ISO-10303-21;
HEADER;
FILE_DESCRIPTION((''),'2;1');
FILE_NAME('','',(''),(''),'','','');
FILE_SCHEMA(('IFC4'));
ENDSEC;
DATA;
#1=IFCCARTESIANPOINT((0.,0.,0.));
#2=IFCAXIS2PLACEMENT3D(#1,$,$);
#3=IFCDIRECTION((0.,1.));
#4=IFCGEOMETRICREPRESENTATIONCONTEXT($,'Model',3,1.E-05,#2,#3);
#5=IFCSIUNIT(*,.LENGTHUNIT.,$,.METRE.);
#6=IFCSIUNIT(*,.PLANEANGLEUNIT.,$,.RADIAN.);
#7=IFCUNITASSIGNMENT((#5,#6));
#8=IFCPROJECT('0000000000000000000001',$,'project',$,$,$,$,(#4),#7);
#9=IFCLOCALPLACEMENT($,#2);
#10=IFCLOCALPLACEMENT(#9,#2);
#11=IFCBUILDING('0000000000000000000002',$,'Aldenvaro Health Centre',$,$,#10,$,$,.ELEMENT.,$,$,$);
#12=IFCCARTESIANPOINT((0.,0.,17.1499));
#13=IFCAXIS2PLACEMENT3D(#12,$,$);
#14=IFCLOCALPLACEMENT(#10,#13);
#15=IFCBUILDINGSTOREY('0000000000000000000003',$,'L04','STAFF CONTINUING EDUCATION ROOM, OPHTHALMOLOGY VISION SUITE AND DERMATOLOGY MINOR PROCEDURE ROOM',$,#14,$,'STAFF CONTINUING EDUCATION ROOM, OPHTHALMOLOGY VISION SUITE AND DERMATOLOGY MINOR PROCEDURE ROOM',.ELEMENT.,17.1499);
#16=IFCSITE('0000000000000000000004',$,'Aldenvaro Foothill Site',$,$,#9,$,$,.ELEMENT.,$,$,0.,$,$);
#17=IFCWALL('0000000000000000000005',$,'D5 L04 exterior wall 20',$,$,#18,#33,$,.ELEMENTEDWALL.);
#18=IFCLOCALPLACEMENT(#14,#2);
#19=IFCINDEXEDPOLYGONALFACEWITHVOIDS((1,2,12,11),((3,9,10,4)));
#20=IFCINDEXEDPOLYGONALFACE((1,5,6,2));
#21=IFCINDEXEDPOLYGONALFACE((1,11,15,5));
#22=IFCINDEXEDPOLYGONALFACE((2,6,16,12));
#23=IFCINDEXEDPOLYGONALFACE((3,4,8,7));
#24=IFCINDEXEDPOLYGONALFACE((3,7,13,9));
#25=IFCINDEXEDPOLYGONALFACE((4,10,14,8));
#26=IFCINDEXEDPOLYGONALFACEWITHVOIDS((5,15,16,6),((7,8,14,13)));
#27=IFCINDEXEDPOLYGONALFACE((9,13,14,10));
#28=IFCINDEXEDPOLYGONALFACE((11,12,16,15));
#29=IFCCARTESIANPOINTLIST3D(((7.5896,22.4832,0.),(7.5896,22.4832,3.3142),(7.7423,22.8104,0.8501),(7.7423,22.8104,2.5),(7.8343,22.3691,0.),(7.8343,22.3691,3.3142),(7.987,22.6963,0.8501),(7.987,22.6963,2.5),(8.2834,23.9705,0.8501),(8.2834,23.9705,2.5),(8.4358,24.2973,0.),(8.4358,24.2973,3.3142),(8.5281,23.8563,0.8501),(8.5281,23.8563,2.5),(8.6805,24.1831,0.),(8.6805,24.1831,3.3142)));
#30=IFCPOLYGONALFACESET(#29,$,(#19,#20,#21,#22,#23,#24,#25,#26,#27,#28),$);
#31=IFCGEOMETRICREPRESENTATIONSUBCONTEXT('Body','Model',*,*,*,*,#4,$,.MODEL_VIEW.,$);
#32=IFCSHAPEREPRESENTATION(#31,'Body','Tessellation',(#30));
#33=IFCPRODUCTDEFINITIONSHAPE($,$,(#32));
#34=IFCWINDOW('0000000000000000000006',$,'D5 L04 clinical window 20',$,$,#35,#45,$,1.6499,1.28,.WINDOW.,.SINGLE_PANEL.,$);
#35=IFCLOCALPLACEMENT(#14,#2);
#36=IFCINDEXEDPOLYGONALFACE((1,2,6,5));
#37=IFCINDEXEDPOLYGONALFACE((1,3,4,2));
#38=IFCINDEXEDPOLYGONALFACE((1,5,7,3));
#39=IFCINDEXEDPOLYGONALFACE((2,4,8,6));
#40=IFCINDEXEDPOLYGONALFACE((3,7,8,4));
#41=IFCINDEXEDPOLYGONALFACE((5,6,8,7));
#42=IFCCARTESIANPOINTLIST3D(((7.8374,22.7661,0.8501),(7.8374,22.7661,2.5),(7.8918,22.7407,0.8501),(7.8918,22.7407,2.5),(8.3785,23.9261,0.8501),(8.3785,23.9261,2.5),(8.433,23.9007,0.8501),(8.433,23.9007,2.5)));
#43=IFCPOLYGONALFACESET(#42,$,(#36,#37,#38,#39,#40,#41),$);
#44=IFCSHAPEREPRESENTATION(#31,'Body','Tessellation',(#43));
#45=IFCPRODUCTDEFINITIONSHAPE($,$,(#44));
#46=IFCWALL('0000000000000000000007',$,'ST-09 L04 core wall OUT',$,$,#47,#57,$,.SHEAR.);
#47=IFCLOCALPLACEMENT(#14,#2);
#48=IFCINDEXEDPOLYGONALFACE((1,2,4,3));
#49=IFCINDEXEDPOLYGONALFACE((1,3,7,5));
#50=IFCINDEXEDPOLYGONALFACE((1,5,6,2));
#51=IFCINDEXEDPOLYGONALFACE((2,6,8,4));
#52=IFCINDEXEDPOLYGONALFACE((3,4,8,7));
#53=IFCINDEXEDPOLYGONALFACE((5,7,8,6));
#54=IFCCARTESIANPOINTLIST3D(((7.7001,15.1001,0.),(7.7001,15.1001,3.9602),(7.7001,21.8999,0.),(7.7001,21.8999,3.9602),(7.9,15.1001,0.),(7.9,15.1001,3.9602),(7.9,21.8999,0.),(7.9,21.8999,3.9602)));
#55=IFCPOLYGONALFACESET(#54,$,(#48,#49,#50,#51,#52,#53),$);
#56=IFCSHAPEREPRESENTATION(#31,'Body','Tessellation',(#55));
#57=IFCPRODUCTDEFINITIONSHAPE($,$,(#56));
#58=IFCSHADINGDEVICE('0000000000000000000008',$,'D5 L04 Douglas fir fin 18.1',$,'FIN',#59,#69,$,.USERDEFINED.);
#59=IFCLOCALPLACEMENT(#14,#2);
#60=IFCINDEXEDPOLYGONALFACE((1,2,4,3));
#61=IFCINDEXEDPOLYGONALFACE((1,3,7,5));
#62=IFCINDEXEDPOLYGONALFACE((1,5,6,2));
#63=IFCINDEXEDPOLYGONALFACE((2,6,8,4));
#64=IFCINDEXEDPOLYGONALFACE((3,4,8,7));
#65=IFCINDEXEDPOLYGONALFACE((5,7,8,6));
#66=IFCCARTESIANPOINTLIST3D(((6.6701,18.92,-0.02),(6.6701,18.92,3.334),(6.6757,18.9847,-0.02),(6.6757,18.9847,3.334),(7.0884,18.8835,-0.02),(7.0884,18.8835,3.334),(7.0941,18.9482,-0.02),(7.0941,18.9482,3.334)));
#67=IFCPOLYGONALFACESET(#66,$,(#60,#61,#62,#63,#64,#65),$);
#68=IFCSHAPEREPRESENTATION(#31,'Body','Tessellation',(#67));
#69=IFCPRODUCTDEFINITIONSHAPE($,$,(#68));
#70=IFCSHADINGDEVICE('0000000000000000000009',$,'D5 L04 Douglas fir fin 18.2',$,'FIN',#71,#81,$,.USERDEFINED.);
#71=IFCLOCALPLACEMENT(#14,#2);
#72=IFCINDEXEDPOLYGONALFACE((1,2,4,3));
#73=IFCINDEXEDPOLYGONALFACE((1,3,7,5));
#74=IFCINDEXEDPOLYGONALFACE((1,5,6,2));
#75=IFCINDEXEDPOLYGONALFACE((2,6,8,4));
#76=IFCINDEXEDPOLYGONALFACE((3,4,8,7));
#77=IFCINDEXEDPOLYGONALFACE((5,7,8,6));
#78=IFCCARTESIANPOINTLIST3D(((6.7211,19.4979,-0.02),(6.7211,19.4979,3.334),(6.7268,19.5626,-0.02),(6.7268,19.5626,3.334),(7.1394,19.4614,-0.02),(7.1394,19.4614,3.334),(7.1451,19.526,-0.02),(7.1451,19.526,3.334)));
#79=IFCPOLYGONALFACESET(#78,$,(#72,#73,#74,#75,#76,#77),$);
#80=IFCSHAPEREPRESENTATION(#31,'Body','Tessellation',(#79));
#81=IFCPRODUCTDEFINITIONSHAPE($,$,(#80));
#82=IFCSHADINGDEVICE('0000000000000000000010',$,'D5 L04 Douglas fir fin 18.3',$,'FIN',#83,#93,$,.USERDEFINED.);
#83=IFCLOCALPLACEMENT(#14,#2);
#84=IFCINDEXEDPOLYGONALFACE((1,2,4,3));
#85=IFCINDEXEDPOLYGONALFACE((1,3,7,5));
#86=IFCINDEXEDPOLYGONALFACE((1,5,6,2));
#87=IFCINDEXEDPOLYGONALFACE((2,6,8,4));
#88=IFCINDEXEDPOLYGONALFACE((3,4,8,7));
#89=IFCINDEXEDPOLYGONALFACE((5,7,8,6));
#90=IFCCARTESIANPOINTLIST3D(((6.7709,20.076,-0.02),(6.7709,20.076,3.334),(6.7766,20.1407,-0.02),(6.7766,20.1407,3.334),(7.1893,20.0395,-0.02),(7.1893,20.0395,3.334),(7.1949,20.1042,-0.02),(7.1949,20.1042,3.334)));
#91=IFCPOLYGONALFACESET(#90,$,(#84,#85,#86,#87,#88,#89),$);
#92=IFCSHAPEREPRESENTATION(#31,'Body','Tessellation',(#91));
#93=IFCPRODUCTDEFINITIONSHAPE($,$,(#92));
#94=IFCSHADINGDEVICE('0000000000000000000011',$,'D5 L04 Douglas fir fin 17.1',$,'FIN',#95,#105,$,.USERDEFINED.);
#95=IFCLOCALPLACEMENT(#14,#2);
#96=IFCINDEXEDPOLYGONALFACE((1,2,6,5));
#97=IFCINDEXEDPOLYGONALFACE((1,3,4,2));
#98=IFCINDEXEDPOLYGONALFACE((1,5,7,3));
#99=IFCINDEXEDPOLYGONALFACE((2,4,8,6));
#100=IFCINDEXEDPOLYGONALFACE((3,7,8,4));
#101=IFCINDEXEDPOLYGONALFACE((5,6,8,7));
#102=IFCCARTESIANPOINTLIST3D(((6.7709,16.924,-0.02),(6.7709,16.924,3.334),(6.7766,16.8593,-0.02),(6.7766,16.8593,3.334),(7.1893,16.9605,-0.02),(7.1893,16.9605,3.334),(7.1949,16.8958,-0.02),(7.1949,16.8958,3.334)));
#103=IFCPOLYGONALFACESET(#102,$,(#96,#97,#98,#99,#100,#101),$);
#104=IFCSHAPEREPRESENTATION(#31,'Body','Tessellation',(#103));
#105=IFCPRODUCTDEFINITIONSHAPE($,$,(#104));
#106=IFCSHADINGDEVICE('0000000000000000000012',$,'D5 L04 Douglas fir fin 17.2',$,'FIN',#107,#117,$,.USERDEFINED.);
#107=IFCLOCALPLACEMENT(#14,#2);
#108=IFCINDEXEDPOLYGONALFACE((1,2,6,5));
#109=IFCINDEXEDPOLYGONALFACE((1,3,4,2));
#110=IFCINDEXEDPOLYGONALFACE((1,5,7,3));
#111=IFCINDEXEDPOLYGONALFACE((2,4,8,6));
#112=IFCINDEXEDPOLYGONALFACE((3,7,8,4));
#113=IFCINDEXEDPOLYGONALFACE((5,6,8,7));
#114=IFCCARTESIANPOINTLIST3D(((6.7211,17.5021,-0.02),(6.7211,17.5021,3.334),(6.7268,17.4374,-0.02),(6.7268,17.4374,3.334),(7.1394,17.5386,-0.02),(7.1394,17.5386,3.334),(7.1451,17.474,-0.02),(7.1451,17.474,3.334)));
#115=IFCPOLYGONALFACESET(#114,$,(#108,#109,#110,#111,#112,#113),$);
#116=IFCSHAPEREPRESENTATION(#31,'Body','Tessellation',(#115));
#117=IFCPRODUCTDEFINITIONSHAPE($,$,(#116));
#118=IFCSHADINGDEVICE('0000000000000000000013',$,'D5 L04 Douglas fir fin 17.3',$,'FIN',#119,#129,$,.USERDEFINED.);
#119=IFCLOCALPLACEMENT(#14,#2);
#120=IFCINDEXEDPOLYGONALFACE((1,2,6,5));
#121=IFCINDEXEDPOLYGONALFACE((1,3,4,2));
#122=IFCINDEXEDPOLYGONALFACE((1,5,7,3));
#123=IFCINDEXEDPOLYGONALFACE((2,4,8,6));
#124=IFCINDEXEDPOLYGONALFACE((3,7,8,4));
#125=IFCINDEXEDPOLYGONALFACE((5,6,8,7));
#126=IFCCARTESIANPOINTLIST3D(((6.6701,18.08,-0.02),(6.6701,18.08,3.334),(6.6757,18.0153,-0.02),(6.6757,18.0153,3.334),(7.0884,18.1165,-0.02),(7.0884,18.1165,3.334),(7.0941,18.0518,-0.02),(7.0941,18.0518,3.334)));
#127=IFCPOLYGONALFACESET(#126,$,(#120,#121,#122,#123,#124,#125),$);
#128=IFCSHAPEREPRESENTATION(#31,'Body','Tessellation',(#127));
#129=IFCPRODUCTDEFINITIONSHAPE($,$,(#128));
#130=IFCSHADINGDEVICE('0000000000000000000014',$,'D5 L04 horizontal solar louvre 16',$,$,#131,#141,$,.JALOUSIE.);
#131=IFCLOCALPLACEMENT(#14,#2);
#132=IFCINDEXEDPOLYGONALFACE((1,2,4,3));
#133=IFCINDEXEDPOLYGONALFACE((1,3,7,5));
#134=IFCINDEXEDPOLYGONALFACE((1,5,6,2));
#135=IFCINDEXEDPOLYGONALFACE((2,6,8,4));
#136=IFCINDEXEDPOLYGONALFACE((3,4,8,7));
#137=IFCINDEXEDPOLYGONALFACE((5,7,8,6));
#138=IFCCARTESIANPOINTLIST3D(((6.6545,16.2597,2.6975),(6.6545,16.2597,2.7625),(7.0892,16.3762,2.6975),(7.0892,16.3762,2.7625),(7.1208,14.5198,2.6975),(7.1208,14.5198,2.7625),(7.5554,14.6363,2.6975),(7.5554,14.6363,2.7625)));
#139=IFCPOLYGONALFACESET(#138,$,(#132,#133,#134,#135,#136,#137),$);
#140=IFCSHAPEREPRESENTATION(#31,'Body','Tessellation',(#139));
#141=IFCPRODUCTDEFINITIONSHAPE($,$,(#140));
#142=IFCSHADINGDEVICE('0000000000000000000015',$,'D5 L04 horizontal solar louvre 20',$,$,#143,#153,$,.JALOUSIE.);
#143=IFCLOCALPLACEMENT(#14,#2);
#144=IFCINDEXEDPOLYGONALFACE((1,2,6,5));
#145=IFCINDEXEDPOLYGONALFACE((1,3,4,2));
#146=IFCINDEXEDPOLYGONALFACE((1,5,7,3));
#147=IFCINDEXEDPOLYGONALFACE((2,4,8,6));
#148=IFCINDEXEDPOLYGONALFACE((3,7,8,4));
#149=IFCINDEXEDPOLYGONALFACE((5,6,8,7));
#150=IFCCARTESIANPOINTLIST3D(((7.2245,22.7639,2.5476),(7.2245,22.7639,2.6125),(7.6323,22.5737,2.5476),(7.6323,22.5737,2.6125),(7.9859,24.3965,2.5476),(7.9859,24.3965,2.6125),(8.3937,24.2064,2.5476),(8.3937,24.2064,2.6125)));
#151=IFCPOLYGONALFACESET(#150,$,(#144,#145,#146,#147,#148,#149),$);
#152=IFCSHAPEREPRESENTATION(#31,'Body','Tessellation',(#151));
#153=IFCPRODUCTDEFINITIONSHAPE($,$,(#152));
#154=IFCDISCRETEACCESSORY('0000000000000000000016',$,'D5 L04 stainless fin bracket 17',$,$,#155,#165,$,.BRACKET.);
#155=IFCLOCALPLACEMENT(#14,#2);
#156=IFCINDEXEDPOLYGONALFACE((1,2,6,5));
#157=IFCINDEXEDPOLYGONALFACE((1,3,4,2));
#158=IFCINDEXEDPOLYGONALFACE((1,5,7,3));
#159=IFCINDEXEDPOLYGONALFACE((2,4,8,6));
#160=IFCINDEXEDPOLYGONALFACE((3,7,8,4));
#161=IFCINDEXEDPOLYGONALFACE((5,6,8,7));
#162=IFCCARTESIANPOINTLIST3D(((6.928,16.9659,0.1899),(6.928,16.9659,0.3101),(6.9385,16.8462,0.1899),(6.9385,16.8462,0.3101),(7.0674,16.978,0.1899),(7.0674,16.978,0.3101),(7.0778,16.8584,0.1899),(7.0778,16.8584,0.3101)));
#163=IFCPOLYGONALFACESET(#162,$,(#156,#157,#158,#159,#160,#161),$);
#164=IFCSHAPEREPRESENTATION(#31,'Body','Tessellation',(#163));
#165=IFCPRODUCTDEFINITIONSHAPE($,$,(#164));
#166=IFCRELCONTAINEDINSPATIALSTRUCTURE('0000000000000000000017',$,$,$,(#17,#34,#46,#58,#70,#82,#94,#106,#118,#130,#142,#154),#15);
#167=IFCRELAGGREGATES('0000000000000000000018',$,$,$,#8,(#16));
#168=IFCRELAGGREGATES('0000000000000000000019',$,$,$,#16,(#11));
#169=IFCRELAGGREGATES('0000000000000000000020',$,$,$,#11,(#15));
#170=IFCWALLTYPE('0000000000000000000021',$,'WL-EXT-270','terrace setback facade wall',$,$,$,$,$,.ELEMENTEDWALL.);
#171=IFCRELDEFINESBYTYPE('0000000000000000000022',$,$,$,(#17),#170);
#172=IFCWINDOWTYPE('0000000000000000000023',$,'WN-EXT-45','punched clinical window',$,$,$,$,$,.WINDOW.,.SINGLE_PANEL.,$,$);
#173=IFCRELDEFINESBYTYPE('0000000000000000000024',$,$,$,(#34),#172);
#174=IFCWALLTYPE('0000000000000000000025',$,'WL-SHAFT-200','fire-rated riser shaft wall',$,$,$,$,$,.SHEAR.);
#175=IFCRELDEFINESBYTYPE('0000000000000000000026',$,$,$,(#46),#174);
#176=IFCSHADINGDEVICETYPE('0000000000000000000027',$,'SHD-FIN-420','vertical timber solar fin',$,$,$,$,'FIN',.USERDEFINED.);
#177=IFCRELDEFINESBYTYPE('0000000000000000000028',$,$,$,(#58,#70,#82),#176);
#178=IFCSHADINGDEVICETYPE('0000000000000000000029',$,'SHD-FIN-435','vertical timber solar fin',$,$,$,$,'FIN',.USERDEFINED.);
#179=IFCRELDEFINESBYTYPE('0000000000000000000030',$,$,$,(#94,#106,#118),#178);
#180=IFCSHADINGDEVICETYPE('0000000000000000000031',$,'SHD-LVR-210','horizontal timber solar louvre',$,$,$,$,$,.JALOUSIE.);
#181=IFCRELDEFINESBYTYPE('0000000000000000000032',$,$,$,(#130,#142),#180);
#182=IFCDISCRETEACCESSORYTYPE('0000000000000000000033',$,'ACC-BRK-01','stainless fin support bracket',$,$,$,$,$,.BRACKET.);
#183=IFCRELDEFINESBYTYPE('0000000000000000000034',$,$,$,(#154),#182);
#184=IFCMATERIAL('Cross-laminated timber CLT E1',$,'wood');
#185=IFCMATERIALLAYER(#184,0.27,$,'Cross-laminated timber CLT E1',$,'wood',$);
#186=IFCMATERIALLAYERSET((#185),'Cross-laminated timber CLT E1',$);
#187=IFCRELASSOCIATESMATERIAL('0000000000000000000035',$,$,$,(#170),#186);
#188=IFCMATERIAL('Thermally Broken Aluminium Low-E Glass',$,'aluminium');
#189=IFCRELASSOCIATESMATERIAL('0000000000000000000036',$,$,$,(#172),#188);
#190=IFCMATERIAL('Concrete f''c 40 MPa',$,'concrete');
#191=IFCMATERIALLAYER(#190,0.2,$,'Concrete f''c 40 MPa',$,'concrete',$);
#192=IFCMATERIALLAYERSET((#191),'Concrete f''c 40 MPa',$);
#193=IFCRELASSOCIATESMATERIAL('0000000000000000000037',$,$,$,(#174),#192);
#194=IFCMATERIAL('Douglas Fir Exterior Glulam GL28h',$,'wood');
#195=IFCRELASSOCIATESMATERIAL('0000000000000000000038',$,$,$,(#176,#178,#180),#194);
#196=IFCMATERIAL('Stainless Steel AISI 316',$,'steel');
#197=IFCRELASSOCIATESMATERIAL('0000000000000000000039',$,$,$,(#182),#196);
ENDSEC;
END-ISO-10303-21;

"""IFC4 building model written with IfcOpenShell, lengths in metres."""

from ifc_helpers import new_model, si_unit, direction, frame, frame_2d, origin, origin_2d, place, context, subcontext, project, spatial, rectangle, extrude, material, layer, layer_set, type_object, element, fill, save


model = new_model("IFC4")

# Units and contexts
model_context = context("Model", 3, precision=1e-05, world=origin(), true_north=direction((0.0, 1.0)))
body_context = subcontext(model_context, "Body", "Model", "MODEL_VIEW")
ifc_project = project(units=[si_unit("LENGTHUNIT", "METRE"), si_unit("PLANEANGLEUNIT", "RADIAN")], contexts=[model_context])

# Site, building, storey
site_placement = place(None, origin())
site = spatial("IfcSite", under=ifc_project, at=site_placement, Name="Aldenvaro Foothill Site", CompositionType="ELEMENT", RefElevation=0.0)
building_placement = place(site_placement, origin())
building = spatial("IfcBuilding", under=site, at=building_placement, Name="Aldenvaro Health Centre", CompositionType="ELEMENT")
storey_placement = place(building_placement, frame((0.0, 0.0, 17.1499)))
storey = spatial("IfcBuildingStorey", under=building, at=storey_placement, Name="L04", Description="STAFF CONTINUING EDUCATION ROOM, OPHTHALMOLOGY VISION SUITE AND DERMATOLOGY MINOR PROCEDURE ROOM", LongName="STAFF CONTINUING EDUCATION ROOM, OPHTHALMOLOGY VISION SUITE AND DERMATOLOGY MINOR PROCEDURE ROOM", CompositionType="ELEMENT", Elevation=17.1499)

# Shared definitions
ifc_material_1 = material(Name="Cross-laminated timber CLT E1", Category="wood")
ifc_layer_1 = layer(ifc_material_1, 0.27, Name="Cross-laminated timber CLT E1", Category="wood")
ifc_layer_set_1 = layer_set([ifc_layer_1], Name="Cross-laminated timber CLT E1")
wall_type_1 = type_object("IfcWallType", Name="WL-EXT-270", Description="terrace setback facade wall", PredefinedType="ELEMENTEDWALL", material=ifc_layer_set_1)
ifc_material_2 = material(Name="Thermally Broken Aluminium Low-E Glass", Category="aluminium")

# Wall, opening, window
wall_1_placement = place(storey_placement, frame((7.7119, 22.426, 0.0), z_axis=(0.0, 0.0, 1.0), x_axis=(0.422752, 0.906245, 0.0)))
wall_1 = element("IfcWall", 1, at=wall_1_placement, inside=storey, type_object=wall_type_1, Name="D5 L04 exterior wall 20", PredefinedType="ELEMENTEDWALL", context=body_context, shape_type="SweptSolid", body=[
    extrude(rectangle(XDim=2.0017, YDim=0.27, at=frame_2d((1.001, 0.0))), origin(), (0.0, 0.0, 1.0), 3.3142),
])
opening_1_placement = place(wall_1_placement, frame((0.3611, 0.0, 0.8501)))
opening_1 = element("IfcOpeningElement", 2, at=opening_1_placement, cuts=wall_1, PredefinedType="OPENING", context=body_context, shape_type="SweptSolid", body=[
    extrude(rectangle(XDim=1.28, YDim=1.6499, at=frame_2d((0.6401, 0.825))), frame((0.0, 0.145, 0.0), z_axis=(0.0, -1.0, 0.0), x_axis=(1.0, 0.0, 0.0)), (0.0, 0.0, 1.0), 0.29),
])
window_type_1 = type_object("IfcWindowType", Name="WN-EXT-45", Description="punched clinical window", PartitioningType="SINGLE_PANEL", PredefinedType="WINDOW", material=ifc_material_2)
window_1_placement = place(opening_1_placement, origin())
window_1 = element("IfcWindow", 3, at=window_1_placement, inside=storey, type_object=window_type_1, Name="D5 L04 clinical window 20", OverallHeight=1.6499, OverallWidth=1.28, PartitioningType="SINGLE_PANEL", PredefinedType="WINDOW", context=body_context, shape_type="SweptSolid", body=[
    extrude(rectangle(XDim=1.28, YDim=1.6499, at=frame_2d((0.6401, 0.825))), frame((0.0, 0.03, 0.0), z_axis=(0.0, -1.0, 0.0), x_axis=(1.0, 0.0, 0.0)), (0.0, 0.0, 1.0), 0.0601),
])
fill(opening_1, window_1)

# Wall
ifc_material_3 = material(Name="Concrete f'c 40 MPa", Category="concrete")
ifc_layer_2 = layer(ifc_material_3, 0.2, Name="Concrete f'c 40 MPa", Category="concrete")
ifc_layer_set_2 = layer_set([ifc_layer_2], Name="Concrete f'c 40 MPa")
wall_type_2 = type_object("IfcWallType", Name="WL-SHAFT-200", Description="fire-rated riser shaft wall", PredefinedType="SHEAR", material=ifc_layer_set_2)
wall_2_placement = place(storey_placement, frame((7.8, 15.1001, 0.0), z_axis=(0.0, 0.0, 1.0), x_axis=(0.0, 1.0, 0.0)))
element("IfcWall", 4, at=wall_2_placement, inside=storey, type_object=wall_type_2, Name="ST-09 L04 core wall OUT", PredefinedType="SHEAR", context=body_context, shape_type="SweptSolid", body=[
    extrude(rectangle(XDim=6.7998, YDim=0.2, at=frame_2d((3.3999, 0.0))), origin(), (0.0, 0.0, 1.0), 3.9602),
])

# Shading devices
ifc_material_4 = material(Name="Douglas Fir Exterior Glulam GL28h", Category="wood")
shading_device_type_1 = type_object("IfcShadingDeviceType", Name="SHD-FIN-420", Description="vertical timber solar fin", ElementType="FIN", PredefinedType="USERDEFINED", material=ifc_material_4)
for number, where, z_axis, x_axis, name in (
    (5, (6.8821, 18.9341, -0.02), (0.0, 0.0, 1.0), (0.086975, 0.996211, 0.0), "D5 L04 Douglas fir fin 18.1"),
    (6, (6.9331, 19.512, -0.02), (0.0, 0.0, 1.0), (0.086975, 0.996211, 0.0), "D5 L04 Douglas fir fin 18.2"),
    (7, (6.9829, 20.0901, -0.02), (0.0, 0.0, 1.0), (0.086975, 0.996211, 0.0), "D5 L04 Douglas fir fin 18.3"),
):
    element("IfcShadingDevice", number, at=place(storey_placement, frame(where, z_axis=z_axis, x_axis=x_axis)), inside=storey, type_object=shading_device_type_1, Name=name, ObjectType="FIN", PredefinedType="USERDEFINED", context=body_context, shape_type="SweptSolid", body=[
        extrude(rectangle(XDim=0.0649, YDim=0.4199, at=origin_2d()), origin(), (0.0, 0.0, 1.0), 3.354),
    ])
shading_device_type_2 = type_object("IfcShadingDeviceType", Name="SHD-FIN-435", Description="vertical timber solar fin", ElementType="FIN", PredefinedType="USERDEFINED", material=ifc_material_4)
for number, where, z_axis, x_axis, name in (
    (8, (6.9829, 16.9099, -0.02), (0.0, 0.0, 1.0), (-0.086975, 0.996211, 0.0), "D5 L04 Douglas fir fin 17.1"),
    (9, (6.9331, 17.488, -0.02), (0.0, 0.0, 1.0), (-0.086975, 0.996211, 0.0), "D5 L04 Douglas fir fin 17.2"),
    (10, (6.8821, 18.0659, -0.02), (0.0, 0.0, 1.0), (-0.086975, 0.996211, 0.0), "D5 L04 Douglas fir fin 17.3"),
):
    element("IfcShadingDevice", number, at=place(storey_placement, frame(where, z_axis=z_axis, x_axis=x_axis)), inside=storey, type_object=shading_device_type_2, Name=name, ObjectType="FIN", PredefinedType="USERDEFINED", context=body_context, shape_type="SweptSolid", body=[
        extrude(rectangle(XDim=0.0649, YDim=0.4199, at=origin_2d()), origin(), (0.0, 0.0, 1.0), 3.354),
    ])
shading_device_type_3 = type_object("IfcShadingDeviceType", Name="SHD-LVR-210", Description="horizontal timber solar louvre", PredefinedType="JALOUSIE", material=ifc_material_4)
shading_device_1_placement = place(storey_placement, frame((7.105, 15.448, 2.6975), z_axis=(0.0, 0.0, 1.0), x_axis=(-0.258844, 0.965919, 0.0)))
element("IfcShadingDevice", 11, at=shading_device_1_placement, inside=storey, type_object=shading_device_type_3, Name="D5 L04 horizontal solar louvre 16", PredefinedType="JALOUSIE", context=body_context, shape_type="SweptSolid", body=[
    extrude(rectangle(XDim=1.8013, YDim=0.45, at=origin_2d()), origin(), (0.0, 0.0, 1.0), 0.0649),
])
shading_device_2_placement = place(storey_placement, frame((7.8091, 23.4851, 2.5476), z_axis=(0.0, 0.0, 1.0), x_axis=(0.422667, 0.906285, 0.0)))
element("IfcShadingDevice", 12, at=shading_device_2_placement, inside=storey, type_object=shading_device_type_3, Name="D5 L04 horizontal solar louvre 20", PredefinedType="JALOUSIE", context=body_context, shape_type="SweptSolid", body=[
    extrude(rectangle(XDim=1.8015, YDim=0.45, at=origin_2d()), origin(), (0.0, 0.0, 1.0), 0.0649),
])

# Discrete accessory
ifc_material_5 = material(Name="Stainless Steel AISI 316", Category="steel")
discrete_accessory_type = type_object("IfcDiscreteAccessoryType", Name="ACC-BRK-01", Description="stainless fin support bracket", PredefinedType="BRACKET", material=ifc_material_5)
discrete_accessory_placement = place(storey_placement, frame((7.0029, 16.9121, 0.1899), z_axis=(0.0, 0.0, 1.0), x_axis=(-0.086975, 0.996211, 0.0)))
element("IfcDiscreteAccessory", 13, at=discrete_accessory_placement, inside=storey, type_object=discrete_accessory_type, Name="D5 L04 stainless fin bracket 17", PredefinedType="BRACKET", context=body_context, shape_type="SweptSolid", body=[
    extrude(rectangle(XDim=0.1201, YDim=0.1399, at=origin_2d()), origin(), (0.0, 0.0, 1.0), 0.1201),
])

save(model, "model.ifc")
